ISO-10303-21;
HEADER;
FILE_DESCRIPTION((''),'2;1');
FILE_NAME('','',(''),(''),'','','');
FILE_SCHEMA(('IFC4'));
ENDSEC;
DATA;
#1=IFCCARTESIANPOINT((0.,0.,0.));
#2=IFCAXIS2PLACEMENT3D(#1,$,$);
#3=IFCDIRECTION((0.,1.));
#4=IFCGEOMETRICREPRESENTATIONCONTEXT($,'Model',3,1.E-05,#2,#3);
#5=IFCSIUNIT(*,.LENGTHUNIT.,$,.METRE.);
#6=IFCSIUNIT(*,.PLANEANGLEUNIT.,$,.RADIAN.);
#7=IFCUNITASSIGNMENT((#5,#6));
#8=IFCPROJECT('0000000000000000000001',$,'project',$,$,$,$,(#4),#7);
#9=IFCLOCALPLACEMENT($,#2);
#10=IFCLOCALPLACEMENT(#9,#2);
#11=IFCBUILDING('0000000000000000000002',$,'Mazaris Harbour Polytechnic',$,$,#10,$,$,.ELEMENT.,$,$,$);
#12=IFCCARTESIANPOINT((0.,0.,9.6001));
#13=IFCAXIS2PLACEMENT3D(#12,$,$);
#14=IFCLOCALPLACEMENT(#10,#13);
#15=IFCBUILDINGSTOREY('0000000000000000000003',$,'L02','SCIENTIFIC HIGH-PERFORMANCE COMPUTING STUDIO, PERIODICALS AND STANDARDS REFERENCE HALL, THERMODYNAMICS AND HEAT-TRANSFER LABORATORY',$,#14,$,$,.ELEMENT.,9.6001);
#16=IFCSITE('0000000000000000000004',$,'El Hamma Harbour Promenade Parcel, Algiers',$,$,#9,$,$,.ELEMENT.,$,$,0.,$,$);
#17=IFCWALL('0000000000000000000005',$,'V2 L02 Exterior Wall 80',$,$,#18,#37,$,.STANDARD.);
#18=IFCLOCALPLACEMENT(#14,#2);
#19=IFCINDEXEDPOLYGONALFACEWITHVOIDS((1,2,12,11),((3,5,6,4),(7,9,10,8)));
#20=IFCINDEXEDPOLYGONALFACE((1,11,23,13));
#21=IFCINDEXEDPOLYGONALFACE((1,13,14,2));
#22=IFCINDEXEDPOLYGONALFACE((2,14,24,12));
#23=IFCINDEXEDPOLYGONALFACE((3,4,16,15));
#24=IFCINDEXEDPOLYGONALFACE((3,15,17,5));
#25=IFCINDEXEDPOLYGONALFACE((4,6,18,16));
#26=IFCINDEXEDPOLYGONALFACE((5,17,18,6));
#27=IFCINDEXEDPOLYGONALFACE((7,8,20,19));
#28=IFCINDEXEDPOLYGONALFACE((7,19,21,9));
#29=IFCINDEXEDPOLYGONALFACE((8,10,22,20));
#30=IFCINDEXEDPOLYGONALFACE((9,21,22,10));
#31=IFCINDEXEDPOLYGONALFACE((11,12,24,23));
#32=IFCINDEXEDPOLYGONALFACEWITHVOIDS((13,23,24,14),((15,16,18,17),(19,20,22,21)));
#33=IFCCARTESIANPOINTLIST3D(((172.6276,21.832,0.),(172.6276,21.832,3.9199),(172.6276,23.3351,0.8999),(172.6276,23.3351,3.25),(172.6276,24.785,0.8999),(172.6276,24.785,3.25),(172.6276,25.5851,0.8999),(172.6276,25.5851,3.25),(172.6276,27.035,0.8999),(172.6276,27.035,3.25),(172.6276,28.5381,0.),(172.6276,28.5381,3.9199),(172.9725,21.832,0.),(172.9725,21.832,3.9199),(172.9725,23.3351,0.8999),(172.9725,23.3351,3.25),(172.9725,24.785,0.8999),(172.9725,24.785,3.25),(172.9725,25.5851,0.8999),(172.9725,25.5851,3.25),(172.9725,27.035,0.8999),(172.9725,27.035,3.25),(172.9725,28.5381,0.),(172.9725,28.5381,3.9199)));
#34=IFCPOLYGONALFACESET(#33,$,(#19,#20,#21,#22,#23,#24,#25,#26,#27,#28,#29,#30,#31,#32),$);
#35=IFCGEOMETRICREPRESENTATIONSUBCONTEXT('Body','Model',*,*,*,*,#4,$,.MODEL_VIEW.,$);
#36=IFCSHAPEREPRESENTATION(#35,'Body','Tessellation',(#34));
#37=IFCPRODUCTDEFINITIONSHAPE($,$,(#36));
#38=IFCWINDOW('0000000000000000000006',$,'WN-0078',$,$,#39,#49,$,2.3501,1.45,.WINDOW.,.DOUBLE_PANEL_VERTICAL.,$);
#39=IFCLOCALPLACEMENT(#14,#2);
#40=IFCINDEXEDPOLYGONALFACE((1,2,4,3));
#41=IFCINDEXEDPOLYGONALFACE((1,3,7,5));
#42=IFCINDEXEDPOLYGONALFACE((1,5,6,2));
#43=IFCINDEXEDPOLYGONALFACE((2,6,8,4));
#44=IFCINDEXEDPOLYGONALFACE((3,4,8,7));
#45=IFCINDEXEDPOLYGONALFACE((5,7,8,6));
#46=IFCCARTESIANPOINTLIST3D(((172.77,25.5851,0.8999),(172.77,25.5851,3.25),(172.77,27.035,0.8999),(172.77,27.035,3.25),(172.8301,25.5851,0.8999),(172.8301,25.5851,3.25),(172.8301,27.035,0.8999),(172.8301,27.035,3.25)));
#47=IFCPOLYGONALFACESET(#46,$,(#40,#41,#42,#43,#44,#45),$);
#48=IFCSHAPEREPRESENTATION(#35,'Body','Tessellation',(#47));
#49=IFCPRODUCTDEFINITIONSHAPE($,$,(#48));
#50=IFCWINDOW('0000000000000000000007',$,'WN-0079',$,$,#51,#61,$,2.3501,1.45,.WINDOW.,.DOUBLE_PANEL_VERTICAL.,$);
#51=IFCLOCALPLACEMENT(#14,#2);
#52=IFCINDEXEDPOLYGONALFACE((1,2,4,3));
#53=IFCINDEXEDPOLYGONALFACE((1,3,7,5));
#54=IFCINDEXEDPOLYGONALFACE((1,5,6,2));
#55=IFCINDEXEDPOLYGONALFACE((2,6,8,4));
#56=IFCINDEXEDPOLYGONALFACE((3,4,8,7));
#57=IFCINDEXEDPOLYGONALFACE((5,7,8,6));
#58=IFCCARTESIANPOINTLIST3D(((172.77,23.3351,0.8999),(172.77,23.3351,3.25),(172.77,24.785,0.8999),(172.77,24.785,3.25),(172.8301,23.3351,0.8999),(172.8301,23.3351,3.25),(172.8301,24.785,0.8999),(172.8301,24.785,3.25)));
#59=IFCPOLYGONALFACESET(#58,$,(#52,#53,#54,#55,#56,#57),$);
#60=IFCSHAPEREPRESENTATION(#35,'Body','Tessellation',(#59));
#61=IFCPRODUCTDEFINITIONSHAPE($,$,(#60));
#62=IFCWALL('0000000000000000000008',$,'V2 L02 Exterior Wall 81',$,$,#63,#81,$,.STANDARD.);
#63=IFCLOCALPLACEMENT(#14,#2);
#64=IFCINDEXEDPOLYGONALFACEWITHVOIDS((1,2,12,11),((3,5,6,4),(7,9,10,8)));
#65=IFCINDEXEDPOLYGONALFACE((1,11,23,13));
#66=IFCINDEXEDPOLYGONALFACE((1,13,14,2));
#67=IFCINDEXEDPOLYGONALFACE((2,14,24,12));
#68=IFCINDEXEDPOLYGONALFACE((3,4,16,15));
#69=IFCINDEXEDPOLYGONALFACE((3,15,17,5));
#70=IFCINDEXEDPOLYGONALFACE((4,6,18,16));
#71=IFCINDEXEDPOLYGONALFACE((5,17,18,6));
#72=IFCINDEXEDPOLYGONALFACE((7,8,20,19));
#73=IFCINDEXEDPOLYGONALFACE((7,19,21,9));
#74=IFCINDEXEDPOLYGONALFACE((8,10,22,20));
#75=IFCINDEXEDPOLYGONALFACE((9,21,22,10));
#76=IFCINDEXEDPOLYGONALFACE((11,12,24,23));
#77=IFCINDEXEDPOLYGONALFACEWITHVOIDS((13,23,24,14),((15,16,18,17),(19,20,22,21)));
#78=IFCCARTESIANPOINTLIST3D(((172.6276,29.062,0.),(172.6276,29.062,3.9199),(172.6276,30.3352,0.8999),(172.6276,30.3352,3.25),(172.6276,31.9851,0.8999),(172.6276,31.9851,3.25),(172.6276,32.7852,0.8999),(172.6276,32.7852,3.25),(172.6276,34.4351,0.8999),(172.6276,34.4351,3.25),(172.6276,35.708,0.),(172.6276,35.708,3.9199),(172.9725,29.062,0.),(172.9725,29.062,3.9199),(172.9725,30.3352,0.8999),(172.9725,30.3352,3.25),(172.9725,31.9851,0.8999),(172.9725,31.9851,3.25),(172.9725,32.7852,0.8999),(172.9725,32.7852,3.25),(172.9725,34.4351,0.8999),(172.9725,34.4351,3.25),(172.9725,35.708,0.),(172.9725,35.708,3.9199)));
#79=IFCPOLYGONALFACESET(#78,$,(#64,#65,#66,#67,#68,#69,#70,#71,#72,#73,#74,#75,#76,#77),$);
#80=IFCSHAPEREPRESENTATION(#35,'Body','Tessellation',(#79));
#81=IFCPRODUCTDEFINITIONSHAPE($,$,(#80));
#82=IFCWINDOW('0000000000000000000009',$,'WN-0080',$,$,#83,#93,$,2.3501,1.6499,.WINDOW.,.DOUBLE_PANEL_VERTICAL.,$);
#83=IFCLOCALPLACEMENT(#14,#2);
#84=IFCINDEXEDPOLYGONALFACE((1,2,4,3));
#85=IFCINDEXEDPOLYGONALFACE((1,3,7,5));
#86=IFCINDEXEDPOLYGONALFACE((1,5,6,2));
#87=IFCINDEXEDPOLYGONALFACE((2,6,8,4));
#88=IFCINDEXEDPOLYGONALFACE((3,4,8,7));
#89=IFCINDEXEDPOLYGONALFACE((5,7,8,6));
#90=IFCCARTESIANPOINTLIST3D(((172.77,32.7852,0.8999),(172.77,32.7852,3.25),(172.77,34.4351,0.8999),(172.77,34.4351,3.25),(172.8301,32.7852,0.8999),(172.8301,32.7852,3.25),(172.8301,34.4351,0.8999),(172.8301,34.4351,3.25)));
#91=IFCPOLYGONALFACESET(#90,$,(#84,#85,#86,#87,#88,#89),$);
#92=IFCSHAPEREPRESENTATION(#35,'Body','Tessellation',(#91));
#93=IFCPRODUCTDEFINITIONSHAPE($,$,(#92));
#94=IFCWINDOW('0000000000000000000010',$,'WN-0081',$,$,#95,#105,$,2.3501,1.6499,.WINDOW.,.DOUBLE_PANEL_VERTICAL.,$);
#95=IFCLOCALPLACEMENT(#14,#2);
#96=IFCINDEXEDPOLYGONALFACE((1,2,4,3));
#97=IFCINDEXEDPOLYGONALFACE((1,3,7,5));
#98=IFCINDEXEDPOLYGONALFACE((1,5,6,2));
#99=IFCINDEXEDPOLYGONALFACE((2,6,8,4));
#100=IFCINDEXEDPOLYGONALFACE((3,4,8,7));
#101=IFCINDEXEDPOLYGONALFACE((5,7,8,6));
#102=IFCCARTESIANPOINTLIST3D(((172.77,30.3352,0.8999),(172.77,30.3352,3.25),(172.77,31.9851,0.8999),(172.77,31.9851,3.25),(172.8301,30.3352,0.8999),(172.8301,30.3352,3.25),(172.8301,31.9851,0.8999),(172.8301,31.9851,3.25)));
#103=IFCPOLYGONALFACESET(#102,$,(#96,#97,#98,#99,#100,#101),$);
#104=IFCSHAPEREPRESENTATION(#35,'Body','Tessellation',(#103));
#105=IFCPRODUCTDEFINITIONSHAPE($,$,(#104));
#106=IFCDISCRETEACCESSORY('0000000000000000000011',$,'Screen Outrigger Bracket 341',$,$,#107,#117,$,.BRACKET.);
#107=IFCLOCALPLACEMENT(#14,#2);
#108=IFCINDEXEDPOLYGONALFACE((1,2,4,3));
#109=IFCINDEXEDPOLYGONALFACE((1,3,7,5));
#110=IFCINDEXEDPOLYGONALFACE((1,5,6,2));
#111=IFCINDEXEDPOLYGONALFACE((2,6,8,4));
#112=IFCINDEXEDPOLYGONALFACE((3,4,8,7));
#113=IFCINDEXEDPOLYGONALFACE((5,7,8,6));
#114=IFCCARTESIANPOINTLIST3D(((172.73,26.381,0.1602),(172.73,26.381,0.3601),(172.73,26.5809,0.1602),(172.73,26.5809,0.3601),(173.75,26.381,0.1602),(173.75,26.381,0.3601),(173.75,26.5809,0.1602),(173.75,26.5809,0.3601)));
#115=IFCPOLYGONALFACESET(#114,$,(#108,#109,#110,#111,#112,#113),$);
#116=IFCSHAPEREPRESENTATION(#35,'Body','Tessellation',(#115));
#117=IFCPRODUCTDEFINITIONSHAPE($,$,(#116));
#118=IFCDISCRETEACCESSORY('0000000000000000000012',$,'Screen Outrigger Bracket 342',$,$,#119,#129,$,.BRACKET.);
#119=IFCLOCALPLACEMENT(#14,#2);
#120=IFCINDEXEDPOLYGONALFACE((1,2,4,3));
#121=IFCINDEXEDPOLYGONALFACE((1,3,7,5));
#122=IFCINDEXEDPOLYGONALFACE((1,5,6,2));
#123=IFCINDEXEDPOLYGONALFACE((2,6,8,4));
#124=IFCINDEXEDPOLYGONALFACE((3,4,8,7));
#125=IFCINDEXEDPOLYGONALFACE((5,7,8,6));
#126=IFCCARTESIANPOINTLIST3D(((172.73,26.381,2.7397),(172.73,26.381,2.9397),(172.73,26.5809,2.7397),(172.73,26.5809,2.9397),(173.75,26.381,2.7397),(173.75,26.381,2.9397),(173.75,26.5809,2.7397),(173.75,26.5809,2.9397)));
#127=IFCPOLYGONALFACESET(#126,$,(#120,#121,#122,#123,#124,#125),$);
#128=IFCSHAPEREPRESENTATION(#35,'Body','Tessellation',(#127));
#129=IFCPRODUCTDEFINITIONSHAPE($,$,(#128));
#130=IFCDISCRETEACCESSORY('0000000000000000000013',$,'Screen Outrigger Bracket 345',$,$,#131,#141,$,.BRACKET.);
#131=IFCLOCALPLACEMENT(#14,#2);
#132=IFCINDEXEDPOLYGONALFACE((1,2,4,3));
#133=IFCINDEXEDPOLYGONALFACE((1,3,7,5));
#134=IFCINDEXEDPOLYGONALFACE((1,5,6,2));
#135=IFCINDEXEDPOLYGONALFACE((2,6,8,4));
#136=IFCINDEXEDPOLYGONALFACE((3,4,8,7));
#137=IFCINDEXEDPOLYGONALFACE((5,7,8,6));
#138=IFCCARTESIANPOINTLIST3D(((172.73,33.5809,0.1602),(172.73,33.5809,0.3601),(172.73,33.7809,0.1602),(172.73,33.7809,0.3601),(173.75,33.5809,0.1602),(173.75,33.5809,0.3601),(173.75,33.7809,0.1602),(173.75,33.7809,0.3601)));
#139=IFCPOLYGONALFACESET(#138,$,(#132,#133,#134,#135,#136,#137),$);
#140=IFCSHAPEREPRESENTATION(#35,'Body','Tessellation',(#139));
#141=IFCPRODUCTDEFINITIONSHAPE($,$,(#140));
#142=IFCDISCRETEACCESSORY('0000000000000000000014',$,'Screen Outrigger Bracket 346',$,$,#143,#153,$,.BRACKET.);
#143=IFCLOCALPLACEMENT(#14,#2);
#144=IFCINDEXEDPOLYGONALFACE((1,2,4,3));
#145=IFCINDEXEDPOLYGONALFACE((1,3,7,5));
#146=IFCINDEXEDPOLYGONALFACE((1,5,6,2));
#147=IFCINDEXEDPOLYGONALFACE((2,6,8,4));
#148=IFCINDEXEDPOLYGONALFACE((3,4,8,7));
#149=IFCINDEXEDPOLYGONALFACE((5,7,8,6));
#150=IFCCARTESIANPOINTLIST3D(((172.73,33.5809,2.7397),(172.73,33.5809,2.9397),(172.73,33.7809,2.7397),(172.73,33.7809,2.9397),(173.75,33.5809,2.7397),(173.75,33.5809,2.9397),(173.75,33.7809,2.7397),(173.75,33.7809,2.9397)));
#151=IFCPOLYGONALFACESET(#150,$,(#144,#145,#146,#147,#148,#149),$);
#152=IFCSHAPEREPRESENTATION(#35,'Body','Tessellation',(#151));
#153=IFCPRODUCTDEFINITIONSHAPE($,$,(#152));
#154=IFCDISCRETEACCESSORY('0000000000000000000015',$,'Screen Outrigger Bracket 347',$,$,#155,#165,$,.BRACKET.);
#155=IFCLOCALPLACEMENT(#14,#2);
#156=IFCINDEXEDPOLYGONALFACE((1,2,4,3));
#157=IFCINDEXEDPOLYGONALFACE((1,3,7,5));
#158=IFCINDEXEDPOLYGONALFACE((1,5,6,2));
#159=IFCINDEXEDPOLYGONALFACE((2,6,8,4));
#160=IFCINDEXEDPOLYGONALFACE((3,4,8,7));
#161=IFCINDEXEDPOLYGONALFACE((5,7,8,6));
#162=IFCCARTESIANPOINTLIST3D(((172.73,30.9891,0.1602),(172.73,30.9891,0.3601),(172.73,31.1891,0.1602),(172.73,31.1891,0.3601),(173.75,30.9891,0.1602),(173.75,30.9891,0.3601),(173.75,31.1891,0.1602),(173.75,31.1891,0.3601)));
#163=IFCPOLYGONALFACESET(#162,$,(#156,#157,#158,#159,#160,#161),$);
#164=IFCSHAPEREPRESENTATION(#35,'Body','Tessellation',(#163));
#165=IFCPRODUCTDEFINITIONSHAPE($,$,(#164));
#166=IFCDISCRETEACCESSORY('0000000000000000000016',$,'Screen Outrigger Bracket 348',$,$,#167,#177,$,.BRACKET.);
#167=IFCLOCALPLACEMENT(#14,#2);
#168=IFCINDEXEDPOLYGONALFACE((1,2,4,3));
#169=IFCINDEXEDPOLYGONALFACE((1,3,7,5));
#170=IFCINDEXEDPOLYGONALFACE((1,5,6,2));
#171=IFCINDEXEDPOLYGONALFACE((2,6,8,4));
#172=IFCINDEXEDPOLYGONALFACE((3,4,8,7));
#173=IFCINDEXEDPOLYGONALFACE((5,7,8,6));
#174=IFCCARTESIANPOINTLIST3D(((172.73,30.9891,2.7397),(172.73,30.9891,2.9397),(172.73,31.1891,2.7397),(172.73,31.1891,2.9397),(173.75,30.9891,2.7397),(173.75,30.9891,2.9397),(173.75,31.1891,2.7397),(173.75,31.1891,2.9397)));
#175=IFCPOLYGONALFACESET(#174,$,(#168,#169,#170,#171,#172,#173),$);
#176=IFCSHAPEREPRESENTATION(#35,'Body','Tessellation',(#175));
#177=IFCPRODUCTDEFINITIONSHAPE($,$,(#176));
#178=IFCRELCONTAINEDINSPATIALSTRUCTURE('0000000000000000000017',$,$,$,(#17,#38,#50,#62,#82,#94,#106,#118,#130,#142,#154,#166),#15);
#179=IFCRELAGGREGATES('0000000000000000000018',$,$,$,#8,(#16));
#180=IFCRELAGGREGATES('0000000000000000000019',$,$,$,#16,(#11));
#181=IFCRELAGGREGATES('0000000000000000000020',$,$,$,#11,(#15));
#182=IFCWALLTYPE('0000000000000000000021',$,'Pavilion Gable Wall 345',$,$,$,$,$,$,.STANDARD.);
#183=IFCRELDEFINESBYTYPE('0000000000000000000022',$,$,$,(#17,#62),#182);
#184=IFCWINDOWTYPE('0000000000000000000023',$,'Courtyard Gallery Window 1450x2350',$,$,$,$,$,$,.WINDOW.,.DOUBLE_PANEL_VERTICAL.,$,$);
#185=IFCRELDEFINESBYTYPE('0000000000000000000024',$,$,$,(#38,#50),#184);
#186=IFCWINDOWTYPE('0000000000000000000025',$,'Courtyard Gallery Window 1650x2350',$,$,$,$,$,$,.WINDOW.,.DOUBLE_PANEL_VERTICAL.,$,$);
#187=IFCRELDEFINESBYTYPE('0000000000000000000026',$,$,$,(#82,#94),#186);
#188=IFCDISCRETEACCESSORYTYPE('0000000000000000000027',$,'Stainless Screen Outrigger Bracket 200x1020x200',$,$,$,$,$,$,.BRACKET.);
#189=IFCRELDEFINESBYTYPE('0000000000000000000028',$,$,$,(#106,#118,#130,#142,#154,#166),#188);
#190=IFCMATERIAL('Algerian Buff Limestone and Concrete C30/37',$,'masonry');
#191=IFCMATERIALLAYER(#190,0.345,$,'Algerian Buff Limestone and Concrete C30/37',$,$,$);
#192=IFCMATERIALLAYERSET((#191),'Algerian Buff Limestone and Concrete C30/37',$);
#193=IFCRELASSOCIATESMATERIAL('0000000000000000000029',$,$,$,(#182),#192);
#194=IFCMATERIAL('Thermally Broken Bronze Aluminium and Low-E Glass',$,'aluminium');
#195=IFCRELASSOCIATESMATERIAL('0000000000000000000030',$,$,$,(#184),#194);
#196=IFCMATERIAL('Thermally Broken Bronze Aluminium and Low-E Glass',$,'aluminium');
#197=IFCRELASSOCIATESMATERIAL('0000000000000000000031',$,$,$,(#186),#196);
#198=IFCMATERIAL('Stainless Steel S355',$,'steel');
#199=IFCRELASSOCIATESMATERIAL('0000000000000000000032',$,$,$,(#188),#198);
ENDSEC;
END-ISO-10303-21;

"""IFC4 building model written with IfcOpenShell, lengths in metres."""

from ifc_helpers import new_model, si_unit, direction, frame, frame_2d, origin, origin_2d, place, context, subcontext, project, spatial, rectangle, extrude, material, layer, layer_set, type_object, element, fill, save


model = new_model("IFC4")

# Units and contexts
model_context = context("Model", 3, precision=1e-05, world=origin(), true_north=direction((0.0, 1.0)))
body_context = subcontext(model_context, "Body", "Model", "MODEL_VIEW")
ifc_project = project(units=[si_unit("LENGTHUNIT", "METRE"), si_unit("PLANEANGLEUNIT", "RADIAN")], contexts=[model_context])

# Site, building, storey
site_placement = place(None, origin())
site = spatial("IfcSite", under=ifc_project, at=site_placement, Name="El Hamma Harbour Promenade Parcel, Algiers", CompositionType="ELEMENT", RefElevation=0.0)
building_placement = place(site_placement, origin())
building = spatial("IfcBuilding", under=site, at=building_placement, Name="Mazaris Harbour Polytechnic", CompositionType="ELEMENT")
storey_placement = place(building_placement, frame((0.0, 0.0, 9.6001)))
storey = spatial("IfcBuildingStorey", under=building, at=storey_placement, Name="L02", Description="SCIENTIFIC HIGH-PERFORMANCE COMPUTING STUDIO, PERIODICALS AND STANDARDS REFERENCE HALL, THERMODYNAMICS AND HEAT-TRANSFER LABORATORY", CompositionType="ELEMENT", Elevation=9.6001)

# Walls, openings, windows
ifc_material_1 = material(Name="Algerian Buff Limestone and Concrete C30/37", Category="masonry")
ifc_layer = layer(ifc_material_1, 0.345, Name="Algerian Buff Limestone and Concrete C30/37")
ifc_layer_set = layer_set([ifc_layer], Name="Algerian Buff Limestone and Concrete C30/37")
wall_type = type_object("IfcWallType", Name="Pavilion Gable Wall 345", PredefinedType="STANDARD", material=ifc_layer_set)
wall_1_placement = place(storey_placement, frame((172.8, 28.5381, 0.0), z_axis=(0.0, 0.0, 1.0), x_axis=(0.0, -1.0, 0.0)))
wall_1 = element("IfcWall", 1, at=wall_1_placement, inside=storey, type_object=wall_type, Name="V2 L02 Exterior Wall 80", PredefinedType="STANDARD", context=body_context, shape_type="SweptSolid", body=[
    extrude(rectangle(XDim=6.7061, YDim=0.345, at=frame_2d((3.353, 0.0))), origin(), (0.0, 0.0, 1.0), 3.9199),
])
opening_1_placement = place(wall_1_placement, frame((1.5029, 0.0, 0.8999)))
opening_1 = element("IfcOpeningElement", 2, at=opening_1_placement, cuts=wall_1, PredefinedType="OPENING", context=body_context, shape_type="SweptSolid", body=[
    extrude(rectangle(XDim=1.45, YDim=2.3501, at=frame_2d((0.7251, 1.175))), frame((0.0, 0.1824, 0.0), z_axis=(0.0, -1.0, 0.0), x_axis=(1.0, 0.0, 0.0)), (0.0, 0.0, 1.0), 0.365),
])
opening_2_placement = place(wall_1_placement, frame((3.7529, 0.0, 0.8999)))
opening_2 = element("IfcOpeningElement", 3, at=opening_2_placement, cuts=wall_1, PredefinedType="OPENING", context=body_context, shape_type="SweptSolid", body=[
    extrude(rectangle(XDim=1.45, YDim=2.3501, at=frame_2d((0.7251, 1.175))), frame((0.0, 0.1824, 0.0), z_axis=(0.0, -1.0, 0.0), x_axis=(1.0, 0.0, 0.0)), (0.0, 0.0, 1.0), 0.365),
])
ifc_material_2 = material(Name="Thermally Broken Bronze Aluminium and Low-E Glass", Category="aluminium")
window_type_1 = type_object("IfcWindowType", Name="Courtyard Gallery Window 1450x2350", PartitioningType="DOUBLE_PANEL_VERTICAL", PredefinedType="WINDOW", material=ifc_material_2)
window_1_placement = place(opening_1_placement, origin())
window_1 = element("IfcWindow", 4, at=window_1_placement, inside=storey, type_object=window_type_1, Name="WN-0078", OverallHeight=2.3501, OverallWidth=1.45, PartitioningType="DOUBLE_PANEL_VERTICAL", PredefinedType="WINDOW", context=body_context, shape_type="SweptSolid", body=[
    extrude(rectangle(XDim=1.45, YDim=2.3501, at=frame_2d((0.7251, 1.175))), frame((0.0, 0.03, 0.0), z_axis=(0.0, -1.0, 0.0), x_axis=(1.0, 0.0, 0.0)), (0.0, 0.0, 1.0), 0.0601),
])
fill(opening_1, window_1)
window_2_placement = place(opening_2_placement, origin())
window_2 = element("IfcWindow", 5, at=window_2_placement, inside=storey, type_object=window_type_1, Name="WN-0079", OverallHeight=2.3501, OverallWidth=1.45, PartitioningType="DOUBLE_PANEL_VERTICAL", PredefinedType="WINDOW", context=body_context, shape_type="SweptSolid", body=[
    extrude(rectangle(XDim=1.45, YDim=2.3501, at=frame_2d((0.7251, 1.175))), frame((0.0, 0.03, 0.0), z_axis=(0.0, -1.0, 0.0), x_axis=(1.0, 0.0, 0.0)), (0.0, 0.0, 1.0), 0.0601),
])
fill(opening_2, window_2)
wall_2_placement = place(storey_placement, frame((172.8, 35.708, 0.0), z_axis=(0.0, 0.0, 1.0), x_axis=(0.0, -1.0, 0.0)))
wall_2 = element("IfcWall", 6, at=wall_2_placement, inside=storey, type_object=wall_type, Name="V2 L02 Exterior Wall 81", PredefinedType="STANDARD", context=body_context, shape_type="SweptSolid", body=[
    extrude(rectangle(XDim=6.646, YDim=0.345, at=frame_2d((3.323, 0.0))), origin(), (0.0, 0.0, 1.0), 3.9199),
])
opening_3_placement = place(wall_2_placement, frame((1.2729, 0.0, 0.8999)))
opening_3 = element("IfcOpeningElement", 7, at=opening_3_placement, cuts=wall_2, PredefinedType="OPENING", context=body_context, shape_type="SweptSolid", body=[
    extrude(rectangle(XDim=1.6499, YDim=2.3501, at=frame_2d((0.825, 1.175))), frame((0.0, 0.1824, 0.0), z_axis=(0.0, -1.0, 0.0), x_axis=(1.0, 0.0, 0.0)), (0.0, 0.0, 1.0), 0.365),
])
opening_4_placement = place(wall_2_placement, frame((3.7229, 0.0, 0.8999)))
opening_4 = element("IfcOpeningElement", 8, at=opening_4_placement, cuts=wall_2, PredefinedType="OPENING", context=body_context, shape_type="SweptSolid", body=[
    extrude(rectangle(XDim=1.6499, YDim=2.3501, at=frame_2d((0.825, 1.175))), frame((0.0, 0.1824, 0.0), z_axis=(0.0, -1.0, 0.0), x_axis=(1.0, 0.0, 0.0)), (0.0, 0.0, 1.0), 0.365),
])
ifc_material_3 = material(Name="Thermally Broken Bronze Aluminium and Low-E Glass", Category="aluminium")
window_type_2 = type_object("IfcWindowType", Name="Courtyard Gallery Window 1650x2350", PartitioningType="DOUBLE_PANEL_VERTICAL", PredefinedType="WINDOW", material=ifc_material_3)
window_3_placement = place(opening_3_placement, origin())
window_3 = element("IfcWindow", 9, at=window_3_placement, inside=storey, type_object=window_type_2, Name="WN-0080", OverallHeight=2.3501, OverallWidth=1.6499, PartitioningType="DOUBLE_PANEL_VERTICAL", PredefinedType="WINDOW", context=body_context, shape_type="SweptSolid", body=[
    extrude(rectangle(XDim=1.6499, YDim=2.3501, at=frame_2d((0.825, 1.175))), frame((0.0, 0.03, 0.0), z_axis=(0.0, -1.0, 0.0), x_axis=(1.0, 0.0, 0.0)), (0.0, 0.0, 1.0), 0.0601),
])
fill(opening_3, window_3)
window_4_placement = place(opening_4_placement, origin())
window_4 = element("IfcWindow", 10, at=window_4_placement, inside=storey, type_object=window_type_2, Name="WN-0081", OverallHeight=2.3501, OverallWidth=1.6499, PartitioningType="DOUBLE_PANEL_VERTICAL", PredefinedType="WINDOW", context=body_context, shape_type="SweptSolid", body=[
    extrude(rectangle(XDim=1.6499, YDim=2.3501, at=frame_2d((0.825, 1.175))), frame((0.0, 0.03, 0.0), z_axis=(0.0, -1.0, 0.0), x_axis=(1.0, 0.0, 0.0)), (0.0, 0.0, 1.0), 0.0601),
])
fill(opening_4, window_4)

# Discrete accessories
ifc_material_4 = material(Name="Stainless Steel S355", Category="steel")
discrete_accessory_type = type_object("IfcDiscreteAccessoryType", Name="Stainless Screen Outrigger Bracket 200x1020x200", PredefinedType="BRACKET", material=ifc_material_4)
for number, where, z_axis, x_axis, name in (
    (11, (173.24, 26.481, 0.1602), (0.0, 0.0, 1.0), (0.0, -1.0, 0.0), "Screen Outrigger Bracket 341"),
    (12, (173.24, 26.481, 2.7397), (0.0, 0.0, 1.0), (0.0, -1.0, 0.0), "Screen Outrigger Bracket 342"),
    (13, (173.24, 33.6809, 0.1602), (0.0, 0.0, 1.0), (0.0, -1.0, 0.0), "Screen Outrigger Bracket 345"),
    (14, (173.24, 33.6809, 2.7397), (0.0, 0.0, 1.0), (0.0, -1.0, 0.0), "Screen Outrigger Bracket 346"),
    (15, (173.24, 31.0891, 0.1602), (0.0, 0.0, 1.0), (0.0, -1.0, 0.0), "Screen Outrigger Bracket 347"),
    (16, (173.24, 31.0891, 2.7397), (0.0, 0.0, 1.0), (0.0, -1.0, 0.0), "Screen Outrigger Bracket 348"),
):
    element("IfcDiscreteAccessory", number, at=place(storey_placement, frame(where, z_axis=z_axis, x_axis=x_axis)), inside=storey, type_object=discrete_accessory_type, Name=name, PredefinedType="BRACKET", context=body_context, shape_type="SweptSolid", body=[
        extrude(rectangle(XDim=0.2, YDim=1.02, at=origin_2d()), origin(), (0.0, 0.0, 1.0), 0.2),
    ])

save(model, "model.ifc")
